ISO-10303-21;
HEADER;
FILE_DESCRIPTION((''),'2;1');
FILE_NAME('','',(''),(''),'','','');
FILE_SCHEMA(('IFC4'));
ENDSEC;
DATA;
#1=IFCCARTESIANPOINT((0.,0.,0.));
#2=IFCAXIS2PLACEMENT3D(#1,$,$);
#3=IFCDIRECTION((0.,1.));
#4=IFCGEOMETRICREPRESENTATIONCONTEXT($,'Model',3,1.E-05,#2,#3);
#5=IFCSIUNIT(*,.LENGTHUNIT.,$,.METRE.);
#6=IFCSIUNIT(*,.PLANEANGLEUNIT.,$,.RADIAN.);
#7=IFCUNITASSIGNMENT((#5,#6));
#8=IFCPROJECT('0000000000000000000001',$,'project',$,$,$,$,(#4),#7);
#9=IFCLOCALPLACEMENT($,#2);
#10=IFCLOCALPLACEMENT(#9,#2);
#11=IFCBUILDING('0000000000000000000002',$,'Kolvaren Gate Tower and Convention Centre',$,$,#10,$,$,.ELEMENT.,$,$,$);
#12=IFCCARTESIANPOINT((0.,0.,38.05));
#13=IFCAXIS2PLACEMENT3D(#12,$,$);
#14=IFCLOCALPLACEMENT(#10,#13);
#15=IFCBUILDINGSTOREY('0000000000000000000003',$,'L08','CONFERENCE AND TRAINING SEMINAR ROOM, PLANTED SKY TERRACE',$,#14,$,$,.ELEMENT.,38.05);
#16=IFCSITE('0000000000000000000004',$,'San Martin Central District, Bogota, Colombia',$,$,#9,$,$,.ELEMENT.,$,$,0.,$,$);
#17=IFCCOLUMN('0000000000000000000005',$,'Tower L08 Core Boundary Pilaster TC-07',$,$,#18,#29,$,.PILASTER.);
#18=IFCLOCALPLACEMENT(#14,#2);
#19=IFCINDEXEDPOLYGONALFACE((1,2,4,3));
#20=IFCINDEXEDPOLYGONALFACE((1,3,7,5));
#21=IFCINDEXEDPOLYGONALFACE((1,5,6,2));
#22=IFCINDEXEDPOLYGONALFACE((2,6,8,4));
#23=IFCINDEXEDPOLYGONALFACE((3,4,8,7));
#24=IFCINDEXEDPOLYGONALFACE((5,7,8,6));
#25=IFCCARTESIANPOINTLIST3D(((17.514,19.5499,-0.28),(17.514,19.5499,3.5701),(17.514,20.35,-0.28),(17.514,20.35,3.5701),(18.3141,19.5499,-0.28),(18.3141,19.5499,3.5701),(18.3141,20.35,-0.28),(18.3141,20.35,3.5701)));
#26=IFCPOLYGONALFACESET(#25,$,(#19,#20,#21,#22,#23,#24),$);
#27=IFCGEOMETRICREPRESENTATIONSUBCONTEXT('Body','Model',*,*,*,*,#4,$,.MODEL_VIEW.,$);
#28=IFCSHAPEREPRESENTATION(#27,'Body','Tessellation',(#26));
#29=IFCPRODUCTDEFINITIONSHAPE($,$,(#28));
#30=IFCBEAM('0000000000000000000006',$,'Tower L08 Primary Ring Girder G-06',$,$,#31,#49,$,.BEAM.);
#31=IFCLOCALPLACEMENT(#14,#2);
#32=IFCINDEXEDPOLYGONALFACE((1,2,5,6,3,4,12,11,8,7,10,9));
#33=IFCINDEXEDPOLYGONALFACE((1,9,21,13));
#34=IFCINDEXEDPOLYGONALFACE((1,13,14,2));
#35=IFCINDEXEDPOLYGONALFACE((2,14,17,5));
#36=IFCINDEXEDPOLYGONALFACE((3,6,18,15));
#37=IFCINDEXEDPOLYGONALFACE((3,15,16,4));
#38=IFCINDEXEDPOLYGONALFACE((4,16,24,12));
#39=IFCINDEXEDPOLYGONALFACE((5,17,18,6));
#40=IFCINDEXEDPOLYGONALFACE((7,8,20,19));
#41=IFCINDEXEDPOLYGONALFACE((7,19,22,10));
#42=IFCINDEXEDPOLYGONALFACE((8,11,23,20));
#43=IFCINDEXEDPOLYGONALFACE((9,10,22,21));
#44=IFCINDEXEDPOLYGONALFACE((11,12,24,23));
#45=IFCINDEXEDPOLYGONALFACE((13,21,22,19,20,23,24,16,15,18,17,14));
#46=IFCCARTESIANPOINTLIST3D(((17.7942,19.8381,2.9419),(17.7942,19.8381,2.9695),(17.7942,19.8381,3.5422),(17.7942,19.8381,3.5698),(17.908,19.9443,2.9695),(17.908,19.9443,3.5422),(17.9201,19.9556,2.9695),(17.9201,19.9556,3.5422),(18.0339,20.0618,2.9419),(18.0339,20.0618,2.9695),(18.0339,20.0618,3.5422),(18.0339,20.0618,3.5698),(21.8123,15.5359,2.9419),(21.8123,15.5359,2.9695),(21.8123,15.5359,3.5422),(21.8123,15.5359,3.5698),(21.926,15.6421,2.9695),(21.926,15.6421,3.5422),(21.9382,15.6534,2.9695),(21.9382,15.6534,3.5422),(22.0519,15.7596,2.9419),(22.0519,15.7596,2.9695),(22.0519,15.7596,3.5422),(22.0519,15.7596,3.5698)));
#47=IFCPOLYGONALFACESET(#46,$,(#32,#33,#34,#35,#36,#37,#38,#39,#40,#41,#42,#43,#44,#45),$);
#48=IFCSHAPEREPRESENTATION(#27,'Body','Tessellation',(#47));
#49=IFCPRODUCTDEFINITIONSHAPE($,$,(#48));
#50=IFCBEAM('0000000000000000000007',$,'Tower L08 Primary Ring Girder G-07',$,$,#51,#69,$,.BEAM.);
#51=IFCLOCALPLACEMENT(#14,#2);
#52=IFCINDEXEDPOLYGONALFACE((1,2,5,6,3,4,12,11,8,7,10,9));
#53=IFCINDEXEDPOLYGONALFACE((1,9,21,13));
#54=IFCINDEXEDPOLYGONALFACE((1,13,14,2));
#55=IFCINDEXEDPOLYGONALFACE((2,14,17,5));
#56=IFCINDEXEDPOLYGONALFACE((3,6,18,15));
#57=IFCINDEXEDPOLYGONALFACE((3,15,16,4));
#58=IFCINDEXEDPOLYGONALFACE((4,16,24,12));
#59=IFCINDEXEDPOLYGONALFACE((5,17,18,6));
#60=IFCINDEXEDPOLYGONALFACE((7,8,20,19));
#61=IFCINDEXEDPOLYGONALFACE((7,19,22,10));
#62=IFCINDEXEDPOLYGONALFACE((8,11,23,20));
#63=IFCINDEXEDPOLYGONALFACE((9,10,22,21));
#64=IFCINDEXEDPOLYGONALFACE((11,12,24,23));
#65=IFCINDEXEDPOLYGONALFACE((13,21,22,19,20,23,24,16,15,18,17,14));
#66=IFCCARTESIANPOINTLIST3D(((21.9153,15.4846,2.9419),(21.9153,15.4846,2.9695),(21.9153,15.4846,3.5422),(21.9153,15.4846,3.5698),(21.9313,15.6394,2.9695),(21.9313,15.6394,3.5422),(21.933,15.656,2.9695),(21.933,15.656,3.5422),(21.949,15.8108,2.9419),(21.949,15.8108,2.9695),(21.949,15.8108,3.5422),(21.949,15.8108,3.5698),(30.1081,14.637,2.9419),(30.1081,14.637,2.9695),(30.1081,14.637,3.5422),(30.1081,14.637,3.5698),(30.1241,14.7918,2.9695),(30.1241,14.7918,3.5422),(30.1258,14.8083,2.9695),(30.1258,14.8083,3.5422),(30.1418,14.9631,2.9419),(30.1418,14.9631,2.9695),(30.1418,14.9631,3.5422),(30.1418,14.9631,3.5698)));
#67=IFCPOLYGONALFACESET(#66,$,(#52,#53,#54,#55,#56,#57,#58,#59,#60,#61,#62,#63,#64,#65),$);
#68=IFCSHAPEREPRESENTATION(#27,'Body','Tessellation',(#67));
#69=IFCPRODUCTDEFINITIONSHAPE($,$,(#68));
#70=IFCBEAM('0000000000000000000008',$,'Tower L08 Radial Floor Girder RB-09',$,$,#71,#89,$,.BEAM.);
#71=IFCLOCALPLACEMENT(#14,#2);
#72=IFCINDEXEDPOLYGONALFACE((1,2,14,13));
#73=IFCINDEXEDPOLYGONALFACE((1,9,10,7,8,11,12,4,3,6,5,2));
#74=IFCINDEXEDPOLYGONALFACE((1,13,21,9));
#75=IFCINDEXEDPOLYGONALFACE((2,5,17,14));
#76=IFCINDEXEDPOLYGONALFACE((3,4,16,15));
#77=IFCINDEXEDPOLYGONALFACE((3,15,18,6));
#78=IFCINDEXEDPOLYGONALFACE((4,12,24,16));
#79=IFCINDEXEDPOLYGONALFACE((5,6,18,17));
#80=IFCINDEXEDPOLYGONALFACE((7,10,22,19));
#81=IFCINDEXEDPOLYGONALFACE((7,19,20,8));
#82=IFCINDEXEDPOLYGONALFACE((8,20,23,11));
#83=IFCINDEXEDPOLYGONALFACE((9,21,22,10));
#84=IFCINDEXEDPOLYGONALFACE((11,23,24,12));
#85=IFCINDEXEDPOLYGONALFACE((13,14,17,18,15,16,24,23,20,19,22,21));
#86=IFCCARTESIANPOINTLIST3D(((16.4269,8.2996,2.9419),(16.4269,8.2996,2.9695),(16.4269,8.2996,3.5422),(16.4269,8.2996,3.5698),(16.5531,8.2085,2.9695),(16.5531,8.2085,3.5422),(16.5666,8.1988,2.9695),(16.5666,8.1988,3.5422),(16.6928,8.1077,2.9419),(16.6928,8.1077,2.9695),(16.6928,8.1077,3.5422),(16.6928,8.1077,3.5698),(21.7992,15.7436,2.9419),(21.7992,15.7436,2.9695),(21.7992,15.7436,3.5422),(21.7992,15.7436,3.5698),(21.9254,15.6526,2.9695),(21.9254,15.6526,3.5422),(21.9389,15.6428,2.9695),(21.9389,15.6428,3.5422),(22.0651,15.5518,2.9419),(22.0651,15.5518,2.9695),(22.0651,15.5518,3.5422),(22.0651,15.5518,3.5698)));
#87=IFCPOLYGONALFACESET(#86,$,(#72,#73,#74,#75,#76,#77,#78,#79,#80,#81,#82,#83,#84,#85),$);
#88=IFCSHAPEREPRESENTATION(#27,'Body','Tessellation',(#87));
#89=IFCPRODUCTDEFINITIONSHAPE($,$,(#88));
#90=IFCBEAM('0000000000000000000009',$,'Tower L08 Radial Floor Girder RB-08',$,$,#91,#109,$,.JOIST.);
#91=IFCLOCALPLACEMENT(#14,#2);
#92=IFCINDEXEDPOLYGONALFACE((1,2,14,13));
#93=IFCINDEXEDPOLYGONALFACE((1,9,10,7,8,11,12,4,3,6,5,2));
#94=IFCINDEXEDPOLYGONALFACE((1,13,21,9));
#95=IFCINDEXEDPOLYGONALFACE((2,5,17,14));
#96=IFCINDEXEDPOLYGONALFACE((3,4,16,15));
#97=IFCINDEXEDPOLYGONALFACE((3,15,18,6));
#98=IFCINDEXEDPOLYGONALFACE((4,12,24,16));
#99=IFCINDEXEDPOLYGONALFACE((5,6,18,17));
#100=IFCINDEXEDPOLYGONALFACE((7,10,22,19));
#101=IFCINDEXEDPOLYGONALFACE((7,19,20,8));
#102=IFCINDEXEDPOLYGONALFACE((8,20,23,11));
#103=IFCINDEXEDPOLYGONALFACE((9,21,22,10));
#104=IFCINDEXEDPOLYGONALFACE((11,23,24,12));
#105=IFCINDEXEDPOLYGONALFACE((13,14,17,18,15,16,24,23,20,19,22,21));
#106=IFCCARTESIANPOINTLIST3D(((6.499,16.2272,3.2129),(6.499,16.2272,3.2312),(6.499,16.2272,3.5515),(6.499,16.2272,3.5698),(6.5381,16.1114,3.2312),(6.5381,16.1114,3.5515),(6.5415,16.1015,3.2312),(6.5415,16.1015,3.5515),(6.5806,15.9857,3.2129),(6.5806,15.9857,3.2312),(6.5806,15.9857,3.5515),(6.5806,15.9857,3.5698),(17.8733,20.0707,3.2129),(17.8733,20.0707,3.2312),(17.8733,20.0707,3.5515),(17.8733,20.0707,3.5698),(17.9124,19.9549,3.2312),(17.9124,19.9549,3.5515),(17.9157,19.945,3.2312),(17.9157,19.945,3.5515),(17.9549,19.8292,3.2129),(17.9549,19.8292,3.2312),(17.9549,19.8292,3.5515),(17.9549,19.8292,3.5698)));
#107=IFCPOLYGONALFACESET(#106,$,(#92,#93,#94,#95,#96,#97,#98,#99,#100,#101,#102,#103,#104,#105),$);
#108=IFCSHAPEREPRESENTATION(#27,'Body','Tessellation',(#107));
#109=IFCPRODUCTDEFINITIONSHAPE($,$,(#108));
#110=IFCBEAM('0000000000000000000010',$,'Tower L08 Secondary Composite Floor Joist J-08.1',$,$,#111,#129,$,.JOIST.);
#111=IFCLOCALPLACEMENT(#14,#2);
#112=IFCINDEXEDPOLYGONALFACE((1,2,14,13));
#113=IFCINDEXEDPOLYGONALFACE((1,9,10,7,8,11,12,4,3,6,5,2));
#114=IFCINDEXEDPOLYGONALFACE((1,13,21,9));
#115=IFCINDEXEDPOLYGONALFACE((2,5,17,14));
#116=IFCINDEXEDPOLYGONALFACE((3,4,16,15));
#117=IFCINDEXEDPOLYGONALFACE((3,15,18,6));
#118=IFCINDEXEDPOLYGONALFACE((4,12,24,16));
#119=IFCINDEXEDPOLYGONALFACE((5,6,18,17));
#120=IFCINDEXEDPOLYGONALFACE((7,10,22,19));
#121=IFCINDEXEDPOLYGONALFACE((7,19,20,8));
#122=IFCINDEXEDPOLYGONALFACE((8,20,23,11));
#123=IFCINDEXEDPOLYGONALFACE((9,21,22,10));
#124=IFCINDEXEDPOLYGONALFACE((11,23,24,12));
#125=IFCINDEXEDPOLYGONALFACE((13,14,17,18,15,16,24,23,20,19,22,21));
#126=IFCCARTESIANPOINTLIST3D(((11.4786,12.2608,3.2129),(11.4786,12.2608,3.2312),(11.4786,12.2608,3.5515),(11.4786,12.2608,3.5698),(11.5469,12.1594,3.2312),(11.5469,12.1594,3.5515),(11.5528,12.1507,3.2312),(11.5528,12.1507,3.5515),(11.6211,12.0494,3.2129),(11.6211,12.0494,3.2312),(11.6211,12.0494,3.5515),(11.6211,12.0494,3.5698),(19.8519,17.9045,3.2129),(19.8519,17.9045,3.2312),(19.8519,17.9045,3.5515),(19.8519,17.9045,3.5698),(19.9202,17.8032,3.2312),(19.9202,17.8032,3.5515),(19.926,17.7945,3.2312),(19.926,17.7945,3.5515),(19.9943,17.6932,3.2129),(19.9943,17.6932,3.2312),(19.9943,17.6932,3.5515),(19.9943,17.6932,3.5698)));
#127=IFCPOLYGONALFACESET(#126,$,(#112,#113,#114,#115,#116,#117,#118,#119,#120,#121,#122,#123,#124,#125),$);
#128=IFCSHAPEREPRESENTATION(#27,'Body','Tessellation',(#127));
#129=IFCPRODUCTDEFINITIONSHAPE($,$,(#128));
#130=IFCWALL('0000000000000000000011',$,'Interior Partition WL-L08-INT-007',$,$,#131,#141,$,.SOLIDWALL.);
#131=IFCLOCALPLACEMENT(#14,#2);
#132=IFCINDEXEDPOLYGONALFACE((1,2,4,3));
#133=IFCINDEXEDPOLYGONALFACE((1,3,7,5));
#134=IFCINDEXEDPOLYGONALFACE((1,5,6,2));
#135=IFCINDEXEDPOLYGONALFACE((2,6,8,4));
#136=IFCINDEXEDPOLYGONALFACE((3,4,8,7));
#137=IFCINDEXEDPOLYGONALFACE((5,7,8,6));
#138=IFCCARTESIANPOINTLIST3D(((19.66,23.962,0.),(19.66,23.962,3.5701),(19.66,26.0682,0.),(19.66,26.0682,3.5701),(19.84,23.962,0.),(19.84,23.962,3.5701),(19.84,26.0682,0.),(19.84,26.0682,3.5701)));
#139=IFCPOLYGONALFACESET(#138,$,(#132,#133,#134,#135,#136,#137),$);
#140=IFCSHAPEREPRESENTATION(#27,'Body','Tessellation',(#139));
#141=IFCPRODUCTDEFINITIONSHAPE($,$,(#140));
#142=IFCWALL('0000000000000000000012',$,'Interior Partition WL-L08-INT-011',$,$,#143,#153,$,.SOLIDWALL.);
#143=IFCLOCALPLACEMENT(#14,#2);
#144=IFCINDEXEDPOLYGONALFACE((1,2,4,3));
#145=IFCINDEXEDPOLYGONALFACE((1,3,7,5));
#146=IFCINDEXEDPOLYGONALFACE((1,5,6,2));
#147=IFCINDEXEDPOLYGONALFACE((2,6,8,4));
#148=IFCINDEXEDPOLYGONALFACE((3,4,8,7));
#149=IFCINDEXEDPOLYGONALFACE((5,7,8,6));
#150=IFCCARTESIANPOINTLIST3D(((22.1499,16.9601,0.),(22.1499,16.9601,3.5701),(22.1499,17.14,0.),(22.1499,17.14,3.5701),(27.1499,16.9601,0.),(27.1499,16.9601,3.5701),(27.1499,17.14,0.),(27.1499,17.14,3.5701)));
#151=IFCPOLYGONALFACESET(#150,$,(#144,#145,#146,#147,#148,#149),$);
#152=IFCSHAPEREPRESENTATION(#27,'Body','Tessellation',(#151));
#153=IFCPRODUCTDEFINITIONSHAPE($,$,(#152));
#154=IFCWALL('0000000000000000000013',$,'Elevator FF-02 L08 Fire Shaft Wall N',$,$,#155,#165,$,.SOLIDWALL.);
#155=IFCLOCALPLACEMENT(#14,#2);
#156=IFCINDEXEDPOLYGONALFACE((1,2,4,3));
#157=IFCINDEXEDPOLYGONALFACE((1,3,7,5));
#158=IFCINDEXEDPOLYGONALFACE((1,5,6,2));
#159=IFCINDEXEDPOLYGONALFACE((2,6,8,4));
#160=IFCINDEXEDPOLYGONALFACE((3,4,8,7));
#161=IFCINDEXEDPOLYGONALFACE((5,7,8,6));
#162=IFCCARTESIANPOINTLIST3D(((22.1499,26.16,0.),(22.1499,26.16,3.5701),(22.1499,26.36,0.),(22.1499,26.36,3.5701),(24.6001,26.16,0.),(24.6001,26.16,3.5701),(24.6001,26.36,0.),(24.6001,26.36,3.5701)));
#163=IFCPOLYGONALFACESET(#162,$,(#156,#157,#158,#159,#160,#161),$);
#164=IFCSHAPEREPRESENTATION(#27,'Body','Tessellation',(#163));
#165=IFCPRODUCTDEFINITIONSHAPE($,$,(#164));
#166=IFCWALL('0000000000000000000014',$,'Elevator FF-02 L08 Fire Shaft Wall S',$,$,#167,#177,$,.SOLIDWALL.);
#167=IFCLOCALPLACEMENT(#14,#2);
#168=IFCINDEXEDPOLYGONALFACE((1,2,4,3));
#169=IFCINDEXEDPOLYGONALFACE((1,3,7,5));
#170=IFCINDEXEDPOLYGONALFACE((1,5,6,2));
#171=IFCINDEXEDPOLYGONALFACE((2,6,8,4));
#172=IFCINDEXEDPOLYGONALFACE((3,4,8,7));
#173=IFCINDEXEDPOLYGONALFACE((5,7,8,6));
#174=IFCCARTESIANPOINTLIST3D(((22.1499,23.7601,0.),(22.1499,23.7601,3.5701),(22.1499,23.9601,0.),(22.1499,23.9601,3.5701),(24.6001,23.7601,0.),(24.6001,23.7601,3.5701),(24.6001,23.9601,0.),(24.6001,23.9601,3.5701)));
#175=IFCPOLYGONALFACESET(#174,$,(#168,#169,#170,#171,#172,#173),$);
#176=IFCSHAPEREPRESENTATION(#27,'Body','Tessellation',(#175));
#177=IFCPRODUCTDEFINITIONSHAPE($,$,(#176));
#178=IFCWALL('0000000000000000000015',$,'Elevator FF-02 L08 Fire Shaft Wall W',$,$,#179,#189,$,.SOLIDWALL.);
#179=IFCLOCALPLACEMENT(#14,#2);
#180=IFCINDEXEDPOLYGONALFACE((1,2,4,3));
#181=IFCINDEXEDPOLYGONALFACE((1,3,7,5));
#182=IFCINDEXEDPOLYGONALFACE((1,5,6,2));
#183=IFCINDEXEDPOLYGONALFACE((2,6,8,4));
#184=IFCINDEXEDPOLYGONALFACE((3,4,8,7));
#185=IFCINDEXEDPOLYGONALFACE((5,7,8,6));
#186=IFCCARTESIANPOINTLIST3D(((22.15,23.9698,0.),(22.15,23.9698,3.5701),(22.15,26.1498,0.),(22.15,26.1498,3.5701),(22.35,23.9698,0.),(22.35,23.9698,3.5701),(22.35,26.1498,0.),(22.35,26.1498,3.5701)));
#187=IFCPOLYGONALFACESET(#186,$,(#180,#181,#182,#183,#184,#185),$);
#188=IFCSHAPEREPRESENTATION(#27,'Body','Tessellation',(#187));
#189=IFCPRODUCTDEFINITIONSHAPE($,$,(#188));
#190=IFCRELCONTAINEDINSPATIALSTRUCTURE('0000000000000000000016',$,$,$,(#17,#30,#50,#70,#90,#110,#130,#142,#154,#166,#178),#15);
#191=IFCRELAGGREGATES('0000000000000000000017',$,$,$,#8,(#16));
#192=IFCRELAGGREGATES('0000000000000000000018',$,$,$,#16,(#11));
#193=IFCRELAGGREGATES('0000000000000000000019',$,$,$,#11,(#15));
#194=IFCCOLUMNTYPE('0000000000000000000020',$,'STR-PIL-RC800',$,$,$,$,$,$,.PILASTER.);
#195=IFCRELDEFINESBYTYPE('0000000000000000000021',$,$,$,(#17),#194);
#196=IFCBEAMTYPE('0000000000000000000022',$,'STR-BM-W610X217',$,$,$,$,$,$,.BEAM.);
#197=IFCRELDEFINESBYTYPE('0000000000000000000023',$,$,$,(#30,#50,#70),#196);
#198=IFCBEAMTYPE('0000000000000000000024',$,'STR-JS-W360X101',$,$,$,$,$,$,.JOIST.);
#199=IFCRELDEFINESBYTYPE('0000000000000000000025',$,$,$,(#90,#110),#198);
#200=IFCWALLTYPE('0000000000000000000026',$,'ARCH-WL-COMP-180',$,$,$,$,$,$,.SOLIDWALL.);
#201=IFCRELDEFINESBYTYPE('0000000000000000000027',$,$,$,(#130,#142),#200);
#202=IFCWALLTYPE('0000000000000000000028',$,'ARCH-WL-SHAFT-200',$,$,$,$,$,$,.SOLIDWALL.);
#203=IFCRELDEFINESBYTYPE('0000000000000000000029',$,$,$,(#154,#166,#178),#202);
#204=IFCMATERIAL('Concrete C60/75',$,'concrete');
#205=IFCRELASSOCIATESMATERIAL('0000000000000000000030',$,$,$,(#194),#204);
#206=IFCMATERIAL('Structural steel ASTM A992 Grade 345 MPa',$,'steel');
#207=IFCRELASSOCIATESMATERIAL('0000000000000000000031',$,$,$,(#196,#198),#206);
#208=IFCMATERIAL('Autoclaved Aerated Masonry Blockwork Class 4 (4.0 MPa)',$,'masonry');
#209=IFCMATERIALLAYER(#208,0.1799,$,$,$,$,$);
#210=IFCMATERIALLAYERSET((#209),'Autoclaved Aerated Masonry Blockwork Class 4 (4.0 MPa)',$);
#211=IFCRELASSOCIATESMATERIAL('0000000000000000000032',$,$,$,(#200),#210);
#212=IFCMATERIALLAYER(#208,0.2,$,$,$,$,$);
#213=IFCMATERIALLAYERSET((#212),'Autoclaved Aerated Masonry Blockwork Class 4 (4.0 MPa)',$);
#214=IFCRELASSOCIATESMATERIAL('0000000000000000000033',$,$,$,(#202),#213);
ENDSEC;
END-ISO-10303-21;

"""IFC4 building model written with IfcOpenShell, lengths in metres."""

from ifc_helpers import new_model, si_unit, direction, frame, frame_2d, origin, origin_2d, place, context, subcontext, project, spatial, rectangle, i_section, extrude, material, layer, layer_set, material_profile, profile_set, type_object, element, save


model = new_model("IFC4")

# Units and contexts
model_context = context("Model", 3, precision=1e-05, world=origin(), true_north=direction((0.0, 1.0)))
body_context = subcontext(model_context, "Body", "Model", "MODEL_VIEW")
ifc_project = project(units=[si_unit("LENGTHUNIT", "METRE"), si_unit("PLANEANGLEUNIT", "RADIAN")], contexts=[model_context])

# Site, building, storey
site_placement = place(None, origin())
site = spatial("IfcSite", under=ifc_project, at=site_placement, Name="San Martin Central District, Bogota, Colombia", CompositionType="ELEMENT", RefElevation=0.0)
building_placement = place(site_placement, origin())
building = spatial("IfcBuilding", under=site, at=building_placement, Name="Kolvaren Gate Tower and Convention Centre", CompositionType="ELEMENT")
storey_placement = place(building_placement, frame((0.0, 0.0, 38.05)))
storey = spatial("IfcBuildingStorey", under=building, at=storey_placement, Name="L08", Description="CONFERENCE AND TRAINING SEMINAR ROOM, PLANTED SKY TERRACE", CompositionType="ELEMENT", Elevation=38.05)

# Column
ifc_material_1 = material(Name="Concrete C60/75", Category="concrete")
ifc_material_profile_1 = material_profile(ifc_material_1, rectangle(XDim=0.8, YDim=0.8, at=origin_2d()), Name="RC-COL-800X800")
ifc_profile_set_1 = profile_set([ifc_material_profile_1], Name="Concrete C60/75")
column_type = type_object("IfcColumnType", Name="STR-PIL-RC800", PredefinedType="PILASTER", material=ifc_profile_set_1)
column_placement = place(storey_placement, frame((17.9141, 19.95, -0.28), z_axis=(0.0, 0.0, 1.0), x_axis=(1.0, 0.0, 0.0)))
element("IfcColumn", 1, at=column_placement, inside=storey, type_object=column_type, Name="Tower L08 Core Boundary Pilaster TC-07", PredefinedType="PILASTER", context=body_context, shape_type="SweptSolid", body=[
    extrude(rectangle(XDim=0.8, YDim=0.8, at=origin_2d()), origin(), (0.0, 0.0, 1.0), 3.8501),
])

# Beams
ifc_material_2 = material(Name="Structural steel ASTM A992 Grade 345 MPa", Category="steel")
ifc_material_profile_2 = material_profile(ifc_material_2, i_section(OverallWidth=0.3279, OverallDepth=0.6279, WebThickness=0.0166, FlangeThickness=0.0276, at=origin_2d()), Name="W610X217")
ifc_profile_set_2 = profile_set([ifc_material_profile_2], Name="Structural steel ASTM A992 Grade 345 MPa")
beam_type_1 = type_object("IfcBeamType", Name="STR-BM-W610X217", PredefinedType="BEAM", material=ifc_profile_set_2)
beam_1_placement = place(storey_placement, frame((17.9141, 19.95, 3.2559), z_axis=(0.682558, -0.730832, 0.0), x_axis=(0.730832, 0.682558, 0.0)))
element("IfcBeam", 2, at=beam_1_placement, inside=storey, type_object=beam_type_1, Name="Tower L08 Primary Ring Girder G-06", PredefinedType="BEAM", context=body_context, shape_type="SweptSolid", body=[
    extrude(i_section(OverallWidth=0.3279, OverallDepth=0.6279, WebThickness=0.0166, FlangeThickness=0.0276, at=origin_2d()), origin(), (0.0, 0.0, 1.0), 5.8867),
])
beam_2_placement = place(storey_placement, frame((21.9321, 15.6477, 3.2559), z_axis=(0.99469, -0.102913, 0.0), x_axis=(0.102913, 0.99469, 0.0)))
element("IfcBeam", 3, at=beam_2_placement, inside=storey, type_object=beam_type_1, Name="Tower L08 Primary Ring Girder G-07", PredefinedType="BEAM", context=body_context, shape_type="SweptSolid", body=[
    extrude(i_section(OverallWidth=0.3279, OverallDepth=0.6279, WebThickness=0.0166, FlangeThickness=0.0276, at=origin_2d()), origin(), (0.0, 0.0, 1.0), 8.2366),
])
beam_3_placement = place(storey_placement, frame((21.9321, 15.6477, 3.2559), z_axis=(-0.585206, -0.810885, 0.0), x_axis=(0.810885, -0.585206, 0.0)))
element("IfcBeam", 4, at=beam_3_placement, inside=storey, type_object=beam_type_1, Name="Tower L08 Radial Floor Girder RB-09", PredefinedType="BEAM", context=body_context, shape_type="SweptSolid", body=[
    extrude(i_section(OverallWidth=0.3279, OverallDepth=0.6279, WebThickness=0.0166, FlangeThickness=0.0276, at=origin_2d()), origin(), (0.0, 0.0, 1.0), 9.1802),
])
ifc_material_profile_3 = material_profile(ifc_material_2, i_section(OverallWidth=0.2549, OverallDepth=0.3569, WebThickness=0.0105, FlangeThickness=0.0183, at=origin_2d()), Name="W360X101")
ifc_profile_set_3 = profile_set([ifc_material_profile_3], Name="Structural steel ASTM A992 Grade 345 MPa")
beam_type_2 = type_object("IfcBeamType", Name="STR-JS-W360X101", PredefinedType="JOIST", material=ifc_profile_set_3)
beam_4_placement = place(storey_placement, frame((17.9141, 19.95, 3.3914), z_axis=(-0.947374, -0.320129, 0.0), x_axis=(0.320129, -0.947374, 0.0)))
element("IfcBeam", 5, at=beam_4_placement, inside=storey, type_object=beam_type_2, Name="Tower L08 Radial Floor Girder RB-08", PredefinedType="JOIST", context=body_context, shape_type="SweptSolid", body=[
    extrude(i_section(OverallWidth=0.2549, OverallDepth=0.3569, WebThickness=0.0105, FlangeThickness=0.0183, at=origin_2d()), origin(), (0.0, 0.0, 1.0), 12.0061),
])
beam_5_placement = place(storey_placement, frame((19.9231, 17.7988, 3.3914), z_axis=(-0.829224, -0.558917, 0.0), x_axis=(0.558917, -0.829224, 0.0)))
element("IfcBeam", 6, at=beam_5_placement, inside=storey, type_object=beam_type_2, Name="Tower L08 Secondary Composite Floor Joist J-08.1", PredefinedType="JOIST", context=body_context, shape_type="SweptSolid", body=[
    extrude(i_section(OverallWidth=0.2549, OverallDepth=0.3569, WebThickness=0.0105, FlangeThickness=0.0183, at=origin_2d()), origin(), (0.0, 0.0, 1.0), 10.0977),
])

# Walls
ifc_material_3 = material(Name="Autoclaved Aerated Masonry Blockwork Class 4 (4.0 MPa)", Category="masonry")
ifc_layer_1 = layer(ifc_material_3, 0.1799)
ifc_layer_set_1 = layer_set([ifc_layer_1], Name="Autoclaved Aerated Masonry Blockwork Class 4 (4.0 MPa)")
wall_type_1 = type_object("IfcWallType", Name="ARCH-WL-COMP-180", PredefinedType="SOLIDWALL", material=ifc_layer_set_1)
wall_1_placement = place(storey_placement, frame((19.75, 23.9619, 0.0), z_axis=(0.0, 0.0, 1.0), x_axis=(0.0, 1.0, 0.0)))
element("IfcWall", 7, at=wall_1_placement, inside=storey, type_object=wall_type_1, Name="Interior Partition WL-L08-INT-007", PredefinedType="SOLIDWALL", context=body_context, shape_type="SweptSolid", body=[
    extrude(rectangle(XDim=2.1062, YDim=0.1799, at=frame_2d((1.0532, 0.0))), origin(), (0.0, 0.0, 1.0), 3.5701),
])
wall_2_placement = place(storey_placement, frame((22.1499, 17.05, 0.0), z_axis=(0.0, 0.0, 1.0), x_axis=(1.0, 0.0, 0.0)))
element("IfcWall", 8, at=wall_2_placement, inside=storey, type_object=wall_type_1, Name="Interior Partition WL-L08-INT-011", PredefinedType="SOLIDWALL", context=body_context, shape_type="SweptSolid", body=[
    extrude(rectangle(XDim=5.0, YDim=0.1799, at=frame_2d((2.5, 0.0))), origin(), (0.0, 0.0, 1.0), 3.5701),
])
ifc_layer_2 = layer(ifc_material_3, 0.2)
ifc_layer_set_2 = layer_set([ifc_layer_2], Name="Autoclaved Aerated Masonry Blockwork Class 4 (4.0 MPa)")
wall_type_2 = type_object("IfcWallType", Name="ARCH-WL-SHAFT-200", PredefinedType="SOLIDWALL", material=ifc_layer_set_2)
for number, where, z_axis, x_axis, name in (
    (9, (22.1499, 26.26, 0.0), (0.0, 0.0, 1.0), (1.0, 0.0, 0.0), "Elevator FF-02 L08 Fire Shaft Wall N"),
    (10, (22.1499, 23.8601, 0.0), (0.0, 0.0, 1.0), (1.0, 0.0, 0.0), "Elevator FF-02 L08 Fire Shaft Wall S"),
):
    element("IfcWall", number, at=place(storey_placement, frame(where, z_axis=z_axis, x_axis=x_axis)), inside=storey, type_object=wall_type_2, Name=name, PredefinedType="SOLIDWALL", context=body_context, shape_type="SweptSolid", body=[
        extrude(rectangle(XDim=2.4502, YDim=0.2, at=frame_2d((1.2251, 0.0))), origin(), (0.0, 0.0, 1.0), 3.5701),
    ])
wall_3_placement = place(storey_placement, frame((22.25, 23.97, 0.0), z_axis=(0.0, 0.0, 1.0), x_axis=(0.0, 1.0, 0.0)))
element("IfcWall", 11, at=wall_3_placement, inside=storey, type_object=wall_type_2, Name="Elevator FF-02 L08 Fire Shaft Wall W", PredefinedType="SOLIDWALL", context=body_context, shape_type="SweptSolid", body=[
    extrude(rectangle(XDim=2.1799, YDim=0.2, at=frame_2d((1.0898, 0.0))), origin(), (0.0, 0.0, 1.0), 3.5701),
])

save(model, "model.ifc")
